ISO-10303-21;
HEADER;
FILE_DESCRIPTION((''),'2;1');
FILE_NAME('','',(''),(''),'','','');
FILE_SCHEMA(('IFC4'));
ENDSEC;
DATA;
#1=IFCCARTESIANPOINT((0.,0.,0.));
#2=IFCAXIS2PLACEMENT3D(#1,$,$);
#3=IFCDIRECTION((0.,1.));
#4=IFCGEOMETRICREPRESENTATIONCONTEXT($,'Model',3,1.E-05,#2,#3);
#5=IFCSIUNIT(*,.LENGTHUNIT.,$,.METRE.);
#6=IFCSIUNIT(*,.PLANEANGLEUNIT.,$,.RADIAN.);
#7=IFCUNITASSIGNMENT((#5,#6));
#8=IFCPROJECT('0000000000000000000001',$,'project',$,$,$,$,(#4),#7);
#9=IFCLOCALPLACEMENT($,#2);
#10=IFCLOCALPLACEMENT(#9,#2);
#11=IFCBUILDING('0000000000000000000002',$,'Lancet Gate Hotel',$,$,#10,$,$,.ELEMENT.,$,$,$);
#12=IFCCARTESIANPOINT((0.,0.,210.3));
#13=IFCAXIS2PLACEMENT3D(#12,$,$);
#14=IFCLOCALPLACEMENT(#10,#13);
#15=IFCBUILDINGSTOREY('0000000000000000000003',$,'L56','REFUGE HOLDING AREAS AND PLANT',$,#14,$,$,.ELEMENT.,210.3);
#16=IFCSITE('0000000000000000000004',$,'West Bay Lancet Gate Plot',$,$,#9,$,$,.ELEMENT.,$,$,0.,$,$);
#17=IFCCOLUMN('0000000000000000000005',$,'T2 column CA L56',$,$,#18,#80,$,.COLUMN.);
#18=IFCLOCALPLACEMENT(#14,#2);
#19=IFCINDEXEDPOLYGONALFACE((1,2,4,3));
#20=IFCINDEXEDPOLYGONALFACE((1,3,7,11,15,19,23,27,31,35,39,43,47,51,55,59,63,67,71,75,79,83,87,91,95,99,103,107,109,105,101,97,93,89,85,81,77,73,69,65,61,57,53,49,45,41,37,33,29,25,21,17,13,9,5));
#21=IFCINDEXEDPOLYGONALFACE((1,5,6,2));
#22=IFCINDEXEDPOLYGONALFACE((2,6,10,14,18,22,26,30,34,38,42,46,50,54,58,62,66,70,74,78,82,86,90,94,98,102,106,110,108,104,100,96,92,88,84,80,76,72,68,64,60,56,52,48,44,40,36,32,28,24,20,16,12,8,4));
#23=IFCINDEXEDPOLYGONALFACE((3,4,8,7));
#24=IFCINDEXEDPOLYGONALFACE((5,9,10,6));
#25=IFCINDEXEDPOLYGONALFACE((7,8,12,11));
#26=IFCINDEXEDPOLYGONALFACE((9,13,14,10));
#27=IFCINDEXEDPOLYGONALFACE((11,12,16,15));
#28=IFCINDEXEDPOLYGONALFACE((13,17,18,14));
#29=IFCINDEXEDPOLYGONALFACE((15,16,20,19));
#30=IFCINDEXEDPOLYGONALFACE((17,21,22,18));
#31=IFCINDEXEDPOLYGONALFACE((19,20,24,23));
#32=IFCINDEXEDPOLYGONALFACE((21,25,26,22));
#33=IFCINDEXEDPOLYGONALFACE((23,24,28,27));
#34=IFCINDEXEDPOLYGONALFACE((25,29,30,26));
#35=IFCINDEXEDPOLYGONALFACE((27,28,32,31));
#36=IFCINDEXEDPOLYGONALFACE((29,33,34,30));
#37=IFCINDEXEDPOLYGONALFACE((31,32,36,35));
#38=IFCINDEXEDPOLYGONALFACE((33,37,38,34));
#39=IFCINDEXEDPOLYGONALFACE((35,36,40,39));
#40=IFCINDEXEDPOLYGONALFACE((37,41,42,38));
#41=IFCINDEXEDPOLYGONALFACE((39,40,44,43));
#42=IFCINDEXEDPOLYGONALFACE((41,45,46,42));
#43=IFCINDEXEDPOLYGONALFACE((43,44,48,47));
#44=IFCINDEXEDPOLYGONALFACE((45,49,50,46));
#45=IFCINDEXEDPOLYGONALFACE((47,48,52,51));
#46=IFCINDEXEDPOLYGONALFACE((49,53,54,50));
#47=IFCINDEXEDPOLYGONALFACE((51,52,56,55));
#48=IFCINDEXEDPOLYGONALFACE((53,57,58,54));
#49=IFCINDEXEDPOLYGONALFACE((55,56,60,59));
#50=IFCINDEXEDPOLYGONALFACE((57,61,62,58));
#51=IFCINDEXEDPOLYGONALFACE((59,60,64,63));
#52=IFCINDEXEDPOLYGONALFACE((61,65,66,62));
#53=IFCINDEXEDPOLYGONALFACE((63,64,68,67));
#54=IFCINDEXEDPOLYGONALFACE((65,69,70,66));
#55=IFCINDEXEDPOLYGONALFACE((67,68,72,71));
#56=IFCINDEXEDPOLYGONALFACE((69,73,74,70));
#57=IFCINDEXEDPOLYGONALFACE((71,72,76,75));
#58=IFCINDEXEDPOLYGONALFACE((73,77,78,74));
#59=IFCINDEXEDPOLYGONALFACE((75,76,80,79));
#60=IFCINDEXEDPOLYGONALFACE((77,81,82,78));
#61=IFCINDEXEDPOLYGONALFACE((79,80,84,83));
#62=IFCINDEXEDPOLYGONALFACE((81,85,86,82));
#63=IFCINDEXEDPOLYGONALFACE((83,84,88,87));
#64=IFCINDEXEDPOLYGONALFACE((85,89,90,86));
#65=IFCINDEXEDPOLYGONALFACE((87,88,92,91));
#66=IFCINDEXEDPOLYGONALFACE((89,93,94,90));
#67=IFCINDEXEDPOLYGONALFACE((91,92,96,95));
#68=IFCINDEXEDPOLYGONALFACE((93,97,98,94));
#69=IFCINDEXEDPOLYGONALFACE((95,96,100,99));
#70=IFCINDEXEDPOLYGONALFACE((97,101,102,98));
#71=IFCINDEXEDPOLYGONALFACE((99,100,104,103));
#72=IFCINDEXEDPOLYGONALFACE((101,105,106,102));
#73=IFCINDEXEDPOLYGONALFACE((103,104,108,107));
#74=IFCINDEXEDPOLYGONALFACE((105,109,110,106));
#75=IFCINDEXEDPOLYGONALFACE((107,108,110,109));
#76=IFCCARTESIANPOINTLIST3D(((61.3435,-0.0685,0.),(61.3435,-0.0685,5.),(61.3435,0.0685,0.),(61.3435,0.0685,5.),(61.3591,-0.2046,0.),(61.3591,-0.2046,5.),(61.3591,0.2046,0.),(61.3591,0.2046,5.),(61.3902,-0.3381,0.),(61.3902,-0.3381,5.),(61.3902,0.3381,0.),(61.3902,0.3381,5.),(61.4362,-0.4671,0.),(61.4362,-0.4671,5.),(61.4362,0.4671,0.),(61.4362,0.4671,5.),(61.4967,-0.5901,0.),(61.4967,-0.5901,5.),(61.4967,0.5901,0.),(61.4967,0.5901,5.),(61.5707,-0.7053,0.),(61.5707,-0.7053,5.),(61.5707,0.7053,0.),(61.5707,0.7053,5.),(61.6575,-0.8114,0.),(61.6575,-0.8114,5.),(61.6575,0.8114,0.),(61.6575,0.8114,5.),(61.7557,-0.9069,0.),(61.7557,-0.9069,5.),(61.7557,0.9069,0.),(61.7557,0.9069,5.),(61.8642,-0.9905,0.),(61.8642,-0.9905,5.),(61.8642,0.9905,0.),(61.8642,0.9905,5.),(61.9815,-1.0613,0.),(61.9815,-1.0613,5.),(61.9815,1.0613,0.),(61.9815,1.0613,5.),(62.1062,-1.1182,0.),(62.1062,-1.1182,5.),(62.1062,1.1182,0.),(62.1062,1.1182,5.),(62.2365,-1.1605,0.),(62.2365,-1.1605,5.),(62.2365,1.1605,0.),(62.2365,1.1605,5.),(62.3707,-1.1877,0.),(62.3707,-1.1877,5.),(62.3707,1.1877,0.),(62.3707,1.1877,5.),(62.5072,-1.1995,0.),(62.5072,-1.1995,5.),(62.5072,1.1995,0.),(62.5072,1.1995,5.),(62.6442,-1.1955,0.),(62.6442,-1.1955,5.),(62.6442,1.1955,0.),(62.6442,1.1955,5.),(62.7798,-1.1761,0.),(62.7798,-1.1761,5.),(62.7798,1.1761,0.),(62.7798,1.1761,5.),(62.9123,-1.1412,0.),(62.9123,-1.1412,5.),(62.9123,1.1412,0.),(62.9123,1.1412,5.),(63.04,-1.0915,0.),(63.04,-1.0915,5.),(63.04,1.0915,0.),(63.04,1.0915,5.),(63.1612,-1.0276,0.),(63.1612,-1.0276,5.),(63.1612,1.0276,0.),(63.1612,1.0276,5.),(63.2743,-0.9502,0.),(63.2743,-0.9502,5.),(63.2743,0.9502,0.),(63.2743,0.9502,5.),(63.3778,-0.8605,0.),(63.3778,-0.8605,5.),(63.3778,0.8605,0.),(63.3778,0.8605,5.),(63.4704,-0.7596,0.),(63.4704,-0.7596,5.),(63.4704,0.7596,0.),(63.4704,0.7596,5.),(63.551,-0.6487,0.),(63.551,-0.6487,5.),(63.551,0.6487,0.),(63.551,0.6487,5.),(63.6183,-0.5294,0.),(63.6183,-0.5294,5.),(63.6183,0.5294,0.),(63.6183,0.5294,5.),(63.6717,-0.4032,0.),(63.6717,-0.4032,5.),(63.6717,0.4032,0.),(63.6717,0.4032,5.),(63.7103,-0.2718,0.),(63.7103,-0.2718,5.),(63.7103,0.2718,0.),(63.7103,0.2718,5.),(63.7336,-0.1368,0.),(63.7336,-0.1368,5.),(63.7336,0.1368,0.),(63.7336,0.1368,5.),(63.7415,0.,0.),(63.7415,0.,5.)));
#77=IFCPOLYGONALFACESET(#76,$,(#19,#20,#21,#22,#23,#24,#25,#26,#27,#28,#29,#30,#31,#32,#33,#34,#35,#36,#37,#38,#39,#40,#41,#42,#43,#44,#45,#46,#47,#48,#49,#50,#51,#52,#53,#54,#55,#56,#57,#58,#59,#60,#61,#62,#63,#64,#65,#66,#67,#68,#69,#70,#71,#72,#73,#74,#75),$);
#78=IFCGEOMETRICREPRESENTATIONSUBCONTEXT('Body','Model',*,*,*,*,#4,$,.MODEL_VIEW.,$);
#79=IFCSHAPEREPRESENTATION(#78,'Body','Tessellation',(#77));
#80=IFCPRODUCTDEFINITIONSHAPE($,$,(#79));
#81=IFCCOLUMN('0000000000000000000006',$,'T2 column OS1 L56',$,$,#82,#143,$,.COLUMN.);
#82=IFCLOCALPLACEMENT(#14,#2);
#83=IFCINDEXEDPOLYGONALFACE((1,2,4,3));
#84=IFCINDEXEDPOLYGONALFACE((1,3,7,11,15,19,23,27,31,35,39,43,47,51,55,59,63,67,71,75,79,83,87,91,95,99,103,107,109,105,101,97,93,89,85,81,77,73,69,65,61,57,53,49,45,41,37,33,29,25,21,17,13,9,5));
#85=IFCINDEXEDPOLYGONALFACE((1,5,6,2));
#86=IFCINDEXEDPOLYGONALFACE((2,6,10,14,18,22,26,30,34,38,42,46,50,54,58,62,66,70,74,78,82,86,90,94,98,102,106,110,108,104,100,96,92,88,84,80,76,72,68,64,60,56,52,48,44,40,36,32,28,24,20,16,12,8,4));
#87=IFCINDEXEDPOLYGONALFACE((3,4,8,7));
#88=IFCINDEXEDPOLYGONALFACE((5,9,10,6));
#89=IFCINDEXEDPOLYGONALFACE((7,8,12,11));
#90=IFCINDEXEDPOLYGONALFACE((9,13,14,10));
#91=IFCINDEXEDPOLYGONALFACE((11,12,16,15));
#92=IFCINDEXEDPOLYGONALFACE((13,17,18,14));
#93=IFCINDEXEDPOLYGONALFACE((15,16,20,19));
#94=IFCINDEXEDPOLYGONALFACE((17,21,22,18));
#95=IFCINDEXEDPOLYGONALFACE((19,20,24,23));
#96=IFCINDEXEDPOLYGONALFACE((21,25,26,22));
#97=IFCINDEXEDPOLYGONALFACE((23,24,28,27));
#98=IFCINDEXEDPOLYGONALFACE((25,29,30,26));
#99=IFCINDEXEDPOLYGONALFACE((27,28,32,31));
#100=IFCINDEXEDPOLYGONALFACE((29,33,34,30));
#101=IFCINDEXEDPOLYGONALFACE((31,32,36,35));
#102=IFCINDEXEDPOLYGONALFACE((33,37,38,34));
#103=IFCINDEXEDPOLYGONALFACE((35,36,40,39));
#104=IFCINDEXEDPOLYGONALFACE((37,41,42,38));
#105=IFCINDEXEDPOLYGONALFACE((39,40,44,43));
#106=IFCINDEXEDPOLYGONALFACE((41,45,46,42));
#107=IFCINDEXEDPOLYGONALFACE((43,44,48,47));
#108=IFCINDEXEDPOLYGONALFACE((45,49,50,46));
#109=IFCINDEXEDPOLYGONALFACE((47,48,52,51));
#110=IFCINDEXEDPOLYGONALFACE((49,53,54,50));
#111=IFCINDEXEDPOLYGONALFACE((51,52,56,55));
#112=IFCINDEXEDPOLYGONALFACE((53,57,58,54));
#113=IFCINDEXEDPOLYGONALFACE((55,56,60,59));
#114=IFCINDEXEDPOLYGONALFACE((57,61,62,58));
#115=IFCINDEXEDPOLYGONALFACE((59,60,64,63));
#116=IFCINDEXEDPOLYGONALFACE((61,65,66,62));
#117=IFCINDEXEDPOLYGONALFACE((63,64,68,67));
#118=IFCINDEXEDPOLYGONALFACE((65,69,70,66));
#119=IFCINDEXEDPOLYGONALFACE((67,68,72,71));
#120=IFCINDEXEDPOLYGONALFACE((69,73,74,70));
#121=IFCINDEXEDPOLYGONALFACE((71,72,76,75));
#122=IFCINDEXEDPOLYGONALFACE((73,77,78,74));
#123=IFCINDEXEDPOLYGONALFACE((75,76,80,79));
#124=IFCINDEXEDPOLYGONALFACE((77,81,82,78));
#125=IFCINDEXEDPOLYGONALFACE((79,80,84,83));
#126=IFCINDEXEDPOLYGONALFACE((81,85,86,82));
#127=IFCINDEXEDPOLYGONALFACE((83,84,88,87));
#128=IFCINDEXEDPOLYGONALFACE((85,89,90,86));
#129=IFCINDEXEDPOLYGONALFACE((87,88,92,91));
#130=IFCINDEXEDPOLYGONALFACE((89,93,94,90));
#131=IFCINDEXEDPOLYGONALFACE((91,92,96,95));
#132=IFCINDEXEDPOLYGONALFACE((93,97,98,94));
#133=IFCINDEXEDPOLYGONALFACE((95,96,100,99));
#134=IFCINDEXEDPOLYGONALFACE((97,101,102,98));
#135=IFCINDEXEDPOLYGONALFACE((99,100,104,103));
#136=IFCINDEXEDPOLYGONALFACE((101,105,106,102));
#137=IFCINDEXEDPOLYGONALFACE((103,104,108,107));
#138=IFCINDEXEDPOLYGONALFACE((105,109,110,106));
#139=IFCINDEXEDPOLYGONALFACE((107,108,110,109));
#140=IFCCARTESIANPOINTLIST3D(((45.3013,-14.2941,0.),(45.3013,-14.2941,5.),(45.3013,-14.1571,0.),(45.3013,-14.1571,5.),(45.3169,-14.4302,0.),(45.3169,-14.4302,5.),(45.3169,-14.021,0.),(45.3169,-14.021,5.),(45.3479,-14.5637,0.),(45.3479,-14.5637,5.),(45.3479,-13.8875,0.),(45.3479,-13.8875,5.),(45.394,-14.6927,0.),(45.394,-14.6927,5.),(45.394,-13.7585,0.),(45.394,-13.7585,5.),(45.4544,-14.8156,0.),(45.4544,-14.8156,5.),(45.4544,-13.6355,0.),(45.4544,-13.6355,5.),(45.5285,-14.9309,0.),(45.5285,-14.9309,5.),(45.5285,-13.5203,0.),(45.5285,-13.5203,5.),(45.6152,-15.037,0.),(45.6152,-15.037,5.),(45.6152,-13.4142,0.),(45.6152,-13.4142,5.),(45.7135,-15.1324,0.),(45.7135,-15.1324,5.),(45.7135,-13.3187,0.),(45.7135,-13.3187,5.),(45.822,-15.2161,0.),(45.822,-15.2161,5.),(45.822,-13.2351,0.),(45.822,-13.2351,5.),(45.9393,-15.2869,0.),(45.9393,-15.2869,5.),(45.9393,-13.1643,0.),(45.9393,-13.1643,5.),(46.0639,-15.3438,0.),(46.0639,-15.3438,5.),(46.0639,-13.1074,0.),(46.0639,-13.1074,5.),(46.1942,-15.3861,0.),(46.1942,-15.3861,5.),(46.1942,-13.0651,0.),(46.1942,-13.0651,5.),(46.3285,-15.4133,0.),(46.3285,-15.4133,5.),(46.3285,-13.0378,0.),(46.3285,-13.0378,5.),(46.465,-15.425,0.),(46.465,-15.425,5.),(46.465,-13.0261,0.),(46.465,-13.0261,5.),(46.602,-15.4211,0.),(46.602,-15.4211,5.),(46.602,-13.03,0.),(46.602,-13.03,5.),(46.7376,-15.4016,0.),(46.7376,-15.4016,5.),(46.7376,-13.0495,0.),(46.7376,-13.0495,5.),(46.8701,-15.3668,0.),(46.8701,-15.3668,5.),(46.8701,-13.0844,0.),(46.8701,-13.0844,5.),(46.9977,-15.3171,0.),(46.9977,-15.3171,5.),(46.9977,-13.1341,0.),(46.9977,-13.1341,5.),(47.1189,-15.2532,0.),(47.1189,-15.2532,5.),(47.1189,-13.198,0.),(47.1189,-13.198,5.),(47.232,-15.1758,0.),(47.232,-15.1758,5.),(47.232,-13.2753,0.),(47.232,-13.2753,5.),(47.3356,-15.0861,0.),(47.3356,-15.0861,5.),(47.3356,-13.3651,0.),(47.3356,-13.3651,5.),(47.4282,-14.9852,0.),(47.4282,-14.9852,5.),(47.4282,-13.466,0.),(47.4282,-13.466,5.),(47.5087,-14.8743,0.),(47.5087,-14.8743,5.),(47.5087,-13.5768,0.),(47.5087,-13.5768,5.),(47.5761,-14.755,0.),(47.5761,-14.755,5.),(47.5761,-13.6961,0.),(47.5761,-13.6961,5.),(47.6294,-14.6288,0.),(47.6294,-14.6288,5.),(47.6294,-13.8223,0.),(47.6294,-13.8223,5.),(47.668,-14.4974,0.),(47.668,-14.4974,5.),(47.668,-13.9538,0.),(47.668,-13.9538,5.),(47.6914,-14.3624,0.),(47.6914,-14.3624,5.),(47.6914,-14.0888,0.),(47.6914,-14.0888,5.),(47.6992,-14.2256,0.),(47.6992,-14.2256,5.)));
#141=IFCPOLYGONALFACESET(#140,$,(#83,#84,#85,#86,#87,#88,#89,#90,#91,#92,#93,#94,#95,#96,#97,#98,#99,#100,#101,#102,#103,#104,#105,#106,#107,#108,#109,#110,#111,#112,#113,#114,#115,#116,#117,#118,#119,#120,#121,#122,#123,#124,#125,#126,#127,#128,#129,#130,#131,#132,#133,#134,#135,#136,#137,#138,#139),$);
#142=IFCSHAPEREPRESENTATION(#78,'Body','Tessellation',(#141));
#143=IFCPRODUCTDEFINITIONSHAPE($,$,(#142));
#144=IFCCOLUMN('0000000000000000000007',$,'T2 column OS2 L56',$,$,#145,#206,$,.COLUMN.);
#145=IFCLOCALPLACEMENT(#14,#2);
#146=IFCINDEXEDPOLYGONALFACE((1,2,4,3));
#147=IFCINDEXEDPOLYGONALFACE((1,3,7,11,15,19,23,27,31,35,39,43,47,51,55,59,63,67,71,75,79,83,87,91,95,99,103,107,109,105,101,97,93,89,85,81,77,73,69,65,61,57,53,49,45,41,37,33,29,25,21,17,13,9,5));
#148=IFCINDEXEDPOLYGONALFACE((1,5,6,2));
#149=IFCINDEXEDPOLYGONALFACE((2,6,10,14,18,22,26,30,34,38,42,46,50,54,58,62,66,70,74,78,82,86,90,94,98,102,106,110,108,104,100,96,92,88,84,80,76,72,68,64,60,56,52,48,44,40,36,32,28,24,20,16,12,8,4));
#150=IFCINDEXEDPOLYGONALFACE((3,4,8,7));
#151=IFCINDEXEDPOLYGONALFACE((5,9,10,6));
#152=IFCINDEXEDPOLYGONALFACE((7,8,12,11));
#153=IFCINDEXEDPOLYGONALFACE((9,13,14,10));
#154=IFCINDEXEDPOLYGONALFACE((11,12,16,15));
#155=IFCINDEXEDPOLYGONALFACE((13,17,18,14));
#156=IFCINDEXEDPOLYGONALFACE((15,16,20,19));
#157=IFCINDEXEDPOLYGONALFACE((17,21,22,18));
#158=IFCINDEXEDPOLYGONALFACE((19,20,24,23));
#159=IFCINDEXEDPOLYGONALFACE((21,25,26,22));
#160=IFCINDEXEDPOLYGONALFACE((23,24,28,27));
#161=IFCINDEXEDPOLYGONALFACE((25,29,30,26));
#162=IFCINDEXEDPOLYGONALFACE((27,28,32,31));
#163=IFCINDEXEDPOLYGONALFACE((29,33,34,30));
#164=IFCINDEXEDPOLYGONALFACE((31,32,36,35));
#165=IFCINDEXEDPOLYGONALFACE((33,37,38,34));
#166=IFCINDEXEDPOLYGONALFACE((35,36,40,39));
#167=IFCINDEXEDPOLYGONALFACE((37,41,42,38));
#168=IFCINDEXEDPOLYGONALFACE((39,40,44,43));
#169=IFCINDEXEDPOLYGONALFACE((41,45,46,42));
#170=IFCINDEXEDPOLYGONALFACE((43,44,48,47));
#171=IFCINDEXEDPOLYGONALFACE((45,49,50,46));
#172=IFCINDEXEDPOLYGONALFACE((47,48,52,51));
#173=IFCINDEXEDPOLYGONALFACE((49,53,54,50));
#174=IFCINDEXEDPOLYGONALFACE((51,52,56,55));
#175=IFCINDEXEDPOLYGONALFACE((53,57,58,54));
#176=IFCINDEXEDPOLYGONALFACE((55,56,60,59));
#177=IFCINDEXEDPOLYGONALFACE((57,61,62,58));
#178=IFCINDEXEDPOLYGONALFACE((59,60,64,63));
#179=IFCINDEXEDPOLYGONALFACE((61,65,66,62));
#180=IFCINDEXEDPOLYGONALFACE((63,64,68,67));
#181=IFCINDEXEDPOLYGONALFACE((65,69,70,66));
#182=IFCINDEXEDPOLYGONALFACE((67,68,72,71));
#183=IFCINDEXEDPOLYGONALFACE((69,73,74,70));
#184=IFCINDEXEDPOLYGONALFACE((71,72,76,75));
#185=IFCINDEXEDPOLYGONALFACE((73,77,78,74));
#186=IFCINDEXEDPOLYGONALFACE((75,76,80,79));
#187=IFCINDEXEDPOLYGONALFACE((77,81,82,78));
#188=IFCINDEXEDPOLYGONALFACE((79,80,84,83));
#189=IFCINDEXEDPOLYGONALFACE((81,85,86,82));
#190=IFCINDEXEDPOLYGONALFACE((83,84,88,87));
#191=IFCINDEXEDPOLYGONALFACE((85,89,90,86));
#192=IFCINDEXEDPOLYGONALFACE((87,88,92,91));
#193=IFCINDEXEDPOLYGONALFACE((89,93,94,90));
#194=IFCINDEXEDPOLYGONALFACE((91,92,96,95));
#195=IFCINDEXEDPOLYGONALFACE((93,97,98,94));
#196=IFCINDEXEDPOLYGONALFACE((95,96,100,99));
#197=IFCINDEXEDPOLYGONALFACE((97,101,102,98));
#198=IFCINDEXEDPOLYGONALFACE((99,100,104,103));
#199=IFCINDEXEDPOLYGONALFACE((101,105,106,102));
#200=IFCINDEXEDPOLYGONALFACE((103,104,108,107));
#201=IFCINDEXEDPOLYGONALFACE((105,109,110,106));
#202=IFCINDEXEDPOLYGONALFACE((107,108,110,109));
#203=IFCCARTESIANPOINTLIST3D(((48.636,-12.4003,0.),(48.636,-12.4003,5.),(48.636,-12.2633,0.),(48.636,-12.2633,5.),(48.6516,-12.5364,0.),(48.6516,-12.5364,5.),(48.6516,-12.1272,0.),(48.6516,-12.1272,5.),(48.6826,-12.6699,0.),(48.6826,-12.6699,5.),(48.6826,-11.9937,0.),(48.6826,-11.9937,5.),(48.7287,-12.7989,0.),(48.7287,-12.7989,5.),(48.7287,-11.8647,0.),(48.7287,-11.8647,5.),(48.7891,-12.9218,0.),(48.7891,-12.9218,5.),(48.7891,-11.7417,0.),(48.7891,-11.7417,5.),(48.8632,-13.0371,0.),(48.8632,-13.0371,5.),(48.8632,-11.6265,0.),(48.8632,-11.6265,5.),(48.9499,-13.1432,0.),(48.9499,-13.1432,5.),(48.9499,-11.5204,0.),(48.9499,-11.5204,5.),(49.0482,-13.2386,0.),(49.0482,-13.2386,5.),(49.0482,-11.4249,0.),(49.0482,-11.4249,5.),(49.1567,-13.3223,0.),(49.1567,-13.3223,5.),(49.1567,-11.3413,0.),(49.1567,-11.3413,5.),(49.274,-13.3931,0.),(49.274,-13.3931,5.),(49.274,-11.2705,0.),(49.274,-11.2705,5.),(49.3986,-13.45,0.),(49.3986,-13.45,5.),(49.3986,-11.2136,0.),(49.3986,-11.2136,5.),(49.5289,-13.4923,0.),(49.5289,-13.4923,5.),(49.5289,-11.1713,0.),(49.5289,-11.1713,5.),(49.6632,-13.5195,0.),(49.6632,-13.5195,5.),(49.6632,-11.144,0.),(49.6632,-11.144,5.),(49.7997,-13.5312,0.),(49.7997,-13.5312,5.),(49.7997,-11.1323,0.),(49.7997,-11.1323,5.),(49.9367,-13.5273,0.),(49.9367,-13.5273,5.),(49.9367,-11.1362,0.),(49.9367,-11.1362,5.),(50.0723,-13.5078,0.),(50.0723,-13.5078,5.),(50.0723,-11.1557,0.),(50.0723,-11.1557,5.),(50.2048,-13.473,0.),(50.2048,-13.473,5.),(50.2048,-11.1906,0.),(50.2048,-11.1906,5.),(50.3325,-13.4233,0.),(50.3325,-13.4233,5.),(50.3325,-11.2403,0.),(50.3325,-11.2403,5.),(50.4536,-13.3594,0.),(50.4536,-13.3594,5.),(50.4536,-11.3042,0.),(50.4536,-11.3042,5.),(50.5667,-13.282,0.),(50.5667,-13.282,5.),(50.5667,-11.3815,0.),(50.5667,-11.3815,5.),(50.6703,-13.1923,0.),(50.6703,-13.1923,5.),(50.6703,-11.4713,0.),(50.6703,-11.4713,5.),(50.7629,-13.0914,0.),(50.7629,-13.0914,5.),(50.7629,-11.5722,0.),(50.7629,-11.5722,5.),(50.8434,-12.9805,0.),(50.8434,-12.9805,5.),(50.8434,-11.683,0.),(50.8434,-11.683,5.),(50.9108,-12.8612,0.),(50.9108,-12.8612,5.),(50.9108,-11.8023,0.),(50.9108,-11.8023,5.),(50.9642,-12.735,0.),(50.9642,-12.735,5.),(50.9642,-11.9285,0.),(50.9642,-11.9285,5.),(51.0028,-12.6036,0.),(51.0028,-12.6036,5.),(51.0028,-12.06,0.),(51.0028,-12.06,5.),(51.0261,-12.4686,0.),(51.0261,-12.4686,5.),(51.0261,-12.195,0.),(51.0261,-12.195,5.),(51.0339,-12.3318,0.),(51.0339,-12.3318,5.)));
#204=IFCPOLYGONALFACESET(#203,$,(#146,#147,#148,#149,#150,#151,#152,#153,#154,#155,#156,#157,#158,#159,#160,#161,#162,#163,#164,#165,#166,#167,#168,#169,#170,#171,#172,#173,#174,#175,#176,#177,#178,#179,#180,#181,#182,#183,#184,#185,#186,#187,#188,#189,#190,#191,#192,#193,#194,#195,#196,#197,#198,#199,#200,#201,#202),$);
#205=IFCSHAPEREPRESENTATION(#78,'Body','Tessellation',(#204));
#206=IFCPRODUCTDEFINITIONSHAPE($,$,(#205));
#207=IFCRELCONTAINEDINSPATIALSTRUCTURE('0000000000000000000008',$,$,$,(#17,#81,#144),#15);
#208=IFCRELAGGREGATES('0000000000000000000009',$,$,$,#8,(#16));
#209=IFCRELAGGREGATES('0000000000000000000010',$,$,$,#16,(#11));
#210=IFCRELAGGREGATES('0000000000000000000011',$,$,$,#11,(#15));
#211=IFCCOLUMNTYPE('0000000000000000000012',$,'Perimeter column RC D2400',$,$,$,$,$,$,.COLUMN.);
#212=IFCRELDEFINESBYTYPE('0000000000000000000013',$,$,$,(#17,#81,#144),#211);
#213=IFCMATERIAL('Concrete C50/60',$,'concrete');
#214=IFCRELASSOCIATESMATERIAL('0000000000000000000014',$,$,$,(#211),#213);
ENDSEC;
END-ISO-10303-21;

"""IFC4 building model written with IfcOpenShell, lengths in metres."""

from ifc_helpers import new_model, si_unit, direction, frame, origin, origin_2d, place, context, subcontext, project, spatial, circle, extrude, material, material_profile, profile_set, type_object, element, save


model = new_model("IFC4")

# Units and contexts
model_context = context("Model", 3, precision=1e-05, world=origin(), true_north=direction((0.0, 1.0)))
body_context = subcontext(model_context, "Body", "Model", "MODEL_VIEW")
ifc_project = project(units=[si_unit("LENGTHUNIT", "METRE"), si_unit("PLANEANGLEUNIT", "RADIAN")], contexts=[model_context])

# Site, building, storey
site_placement = place(None, origin())
site = spatial("IfcSite", under=ifc_project, at=site_placement, Name="West Bay Lancet Gate Plot", CompositionType="ELEMENT", RefElevation=0.0)
building_placement = place(site_placement, origin())
building = spatial("IfcBuilding", under=site, at=building_placement, Name="Lancet Gate Hotel", CompositionType="ELEMENT")
storey_placement = place(building_placement, frame((0.0, 0.0, 210.3)))
storey = spatial("IfcBuildingStorey", under=building, at=storey_placement, Name="L56", Description="REFUGE HOLDING AREAS AND PLANT", CompositionType="ELEMENT", Elevation=210.3)

# Columns
ifc_material_1 = material(Name="Concrete C50/60", Category="concrete")
ifc_material_profile_1 = material_profile(ifc_material_1, circle(Radius=1.2, at=origin_2d()), Name="RC D2400")
ifc_profile_set_1 = profile_set([ifc_material_profile_1], Name="Concrete C50/60")
column_type = type_object("IfcColumnType", Name="Perimeter column RC D2400", PredefinedType="COLUMN", material=ifc_profile_set_1)
for number, where, z_axis, x_axis, name in (
    (1, (62.5415, 0.0, 0.0), (0.0, 0.0, 1.0), (1.0, 0.0, 0.0), "T2 column CA L56"),
    (2, (46.4993, -14.2256, 0.0), (0.0, 0.0, 1.0), (1.0, 0.0, 0.0), "T2 column OS1 L56"),
    (3, (49.834, -12.3318, 0.0), (0.0, 0.0, 1.0), (1.0, 0.0, 0.0), "T2 column OS2 L56"),
):
    element("IfcColumn", number, at=place(storey_placement, frame(where, z_axis=z_axis, x_axis=x_axis)), inside=storey, type_object=column_type, Name=name, PredefinedType="COLUMN", context=body_context, shape_type="SweptSolid", body=[
        extrude(circle(Radius=1.2, at=origin_2d()), origin(), (0.0, 0.0, 1.0), 5.0),
    ])

save(model, "model.ifc")
